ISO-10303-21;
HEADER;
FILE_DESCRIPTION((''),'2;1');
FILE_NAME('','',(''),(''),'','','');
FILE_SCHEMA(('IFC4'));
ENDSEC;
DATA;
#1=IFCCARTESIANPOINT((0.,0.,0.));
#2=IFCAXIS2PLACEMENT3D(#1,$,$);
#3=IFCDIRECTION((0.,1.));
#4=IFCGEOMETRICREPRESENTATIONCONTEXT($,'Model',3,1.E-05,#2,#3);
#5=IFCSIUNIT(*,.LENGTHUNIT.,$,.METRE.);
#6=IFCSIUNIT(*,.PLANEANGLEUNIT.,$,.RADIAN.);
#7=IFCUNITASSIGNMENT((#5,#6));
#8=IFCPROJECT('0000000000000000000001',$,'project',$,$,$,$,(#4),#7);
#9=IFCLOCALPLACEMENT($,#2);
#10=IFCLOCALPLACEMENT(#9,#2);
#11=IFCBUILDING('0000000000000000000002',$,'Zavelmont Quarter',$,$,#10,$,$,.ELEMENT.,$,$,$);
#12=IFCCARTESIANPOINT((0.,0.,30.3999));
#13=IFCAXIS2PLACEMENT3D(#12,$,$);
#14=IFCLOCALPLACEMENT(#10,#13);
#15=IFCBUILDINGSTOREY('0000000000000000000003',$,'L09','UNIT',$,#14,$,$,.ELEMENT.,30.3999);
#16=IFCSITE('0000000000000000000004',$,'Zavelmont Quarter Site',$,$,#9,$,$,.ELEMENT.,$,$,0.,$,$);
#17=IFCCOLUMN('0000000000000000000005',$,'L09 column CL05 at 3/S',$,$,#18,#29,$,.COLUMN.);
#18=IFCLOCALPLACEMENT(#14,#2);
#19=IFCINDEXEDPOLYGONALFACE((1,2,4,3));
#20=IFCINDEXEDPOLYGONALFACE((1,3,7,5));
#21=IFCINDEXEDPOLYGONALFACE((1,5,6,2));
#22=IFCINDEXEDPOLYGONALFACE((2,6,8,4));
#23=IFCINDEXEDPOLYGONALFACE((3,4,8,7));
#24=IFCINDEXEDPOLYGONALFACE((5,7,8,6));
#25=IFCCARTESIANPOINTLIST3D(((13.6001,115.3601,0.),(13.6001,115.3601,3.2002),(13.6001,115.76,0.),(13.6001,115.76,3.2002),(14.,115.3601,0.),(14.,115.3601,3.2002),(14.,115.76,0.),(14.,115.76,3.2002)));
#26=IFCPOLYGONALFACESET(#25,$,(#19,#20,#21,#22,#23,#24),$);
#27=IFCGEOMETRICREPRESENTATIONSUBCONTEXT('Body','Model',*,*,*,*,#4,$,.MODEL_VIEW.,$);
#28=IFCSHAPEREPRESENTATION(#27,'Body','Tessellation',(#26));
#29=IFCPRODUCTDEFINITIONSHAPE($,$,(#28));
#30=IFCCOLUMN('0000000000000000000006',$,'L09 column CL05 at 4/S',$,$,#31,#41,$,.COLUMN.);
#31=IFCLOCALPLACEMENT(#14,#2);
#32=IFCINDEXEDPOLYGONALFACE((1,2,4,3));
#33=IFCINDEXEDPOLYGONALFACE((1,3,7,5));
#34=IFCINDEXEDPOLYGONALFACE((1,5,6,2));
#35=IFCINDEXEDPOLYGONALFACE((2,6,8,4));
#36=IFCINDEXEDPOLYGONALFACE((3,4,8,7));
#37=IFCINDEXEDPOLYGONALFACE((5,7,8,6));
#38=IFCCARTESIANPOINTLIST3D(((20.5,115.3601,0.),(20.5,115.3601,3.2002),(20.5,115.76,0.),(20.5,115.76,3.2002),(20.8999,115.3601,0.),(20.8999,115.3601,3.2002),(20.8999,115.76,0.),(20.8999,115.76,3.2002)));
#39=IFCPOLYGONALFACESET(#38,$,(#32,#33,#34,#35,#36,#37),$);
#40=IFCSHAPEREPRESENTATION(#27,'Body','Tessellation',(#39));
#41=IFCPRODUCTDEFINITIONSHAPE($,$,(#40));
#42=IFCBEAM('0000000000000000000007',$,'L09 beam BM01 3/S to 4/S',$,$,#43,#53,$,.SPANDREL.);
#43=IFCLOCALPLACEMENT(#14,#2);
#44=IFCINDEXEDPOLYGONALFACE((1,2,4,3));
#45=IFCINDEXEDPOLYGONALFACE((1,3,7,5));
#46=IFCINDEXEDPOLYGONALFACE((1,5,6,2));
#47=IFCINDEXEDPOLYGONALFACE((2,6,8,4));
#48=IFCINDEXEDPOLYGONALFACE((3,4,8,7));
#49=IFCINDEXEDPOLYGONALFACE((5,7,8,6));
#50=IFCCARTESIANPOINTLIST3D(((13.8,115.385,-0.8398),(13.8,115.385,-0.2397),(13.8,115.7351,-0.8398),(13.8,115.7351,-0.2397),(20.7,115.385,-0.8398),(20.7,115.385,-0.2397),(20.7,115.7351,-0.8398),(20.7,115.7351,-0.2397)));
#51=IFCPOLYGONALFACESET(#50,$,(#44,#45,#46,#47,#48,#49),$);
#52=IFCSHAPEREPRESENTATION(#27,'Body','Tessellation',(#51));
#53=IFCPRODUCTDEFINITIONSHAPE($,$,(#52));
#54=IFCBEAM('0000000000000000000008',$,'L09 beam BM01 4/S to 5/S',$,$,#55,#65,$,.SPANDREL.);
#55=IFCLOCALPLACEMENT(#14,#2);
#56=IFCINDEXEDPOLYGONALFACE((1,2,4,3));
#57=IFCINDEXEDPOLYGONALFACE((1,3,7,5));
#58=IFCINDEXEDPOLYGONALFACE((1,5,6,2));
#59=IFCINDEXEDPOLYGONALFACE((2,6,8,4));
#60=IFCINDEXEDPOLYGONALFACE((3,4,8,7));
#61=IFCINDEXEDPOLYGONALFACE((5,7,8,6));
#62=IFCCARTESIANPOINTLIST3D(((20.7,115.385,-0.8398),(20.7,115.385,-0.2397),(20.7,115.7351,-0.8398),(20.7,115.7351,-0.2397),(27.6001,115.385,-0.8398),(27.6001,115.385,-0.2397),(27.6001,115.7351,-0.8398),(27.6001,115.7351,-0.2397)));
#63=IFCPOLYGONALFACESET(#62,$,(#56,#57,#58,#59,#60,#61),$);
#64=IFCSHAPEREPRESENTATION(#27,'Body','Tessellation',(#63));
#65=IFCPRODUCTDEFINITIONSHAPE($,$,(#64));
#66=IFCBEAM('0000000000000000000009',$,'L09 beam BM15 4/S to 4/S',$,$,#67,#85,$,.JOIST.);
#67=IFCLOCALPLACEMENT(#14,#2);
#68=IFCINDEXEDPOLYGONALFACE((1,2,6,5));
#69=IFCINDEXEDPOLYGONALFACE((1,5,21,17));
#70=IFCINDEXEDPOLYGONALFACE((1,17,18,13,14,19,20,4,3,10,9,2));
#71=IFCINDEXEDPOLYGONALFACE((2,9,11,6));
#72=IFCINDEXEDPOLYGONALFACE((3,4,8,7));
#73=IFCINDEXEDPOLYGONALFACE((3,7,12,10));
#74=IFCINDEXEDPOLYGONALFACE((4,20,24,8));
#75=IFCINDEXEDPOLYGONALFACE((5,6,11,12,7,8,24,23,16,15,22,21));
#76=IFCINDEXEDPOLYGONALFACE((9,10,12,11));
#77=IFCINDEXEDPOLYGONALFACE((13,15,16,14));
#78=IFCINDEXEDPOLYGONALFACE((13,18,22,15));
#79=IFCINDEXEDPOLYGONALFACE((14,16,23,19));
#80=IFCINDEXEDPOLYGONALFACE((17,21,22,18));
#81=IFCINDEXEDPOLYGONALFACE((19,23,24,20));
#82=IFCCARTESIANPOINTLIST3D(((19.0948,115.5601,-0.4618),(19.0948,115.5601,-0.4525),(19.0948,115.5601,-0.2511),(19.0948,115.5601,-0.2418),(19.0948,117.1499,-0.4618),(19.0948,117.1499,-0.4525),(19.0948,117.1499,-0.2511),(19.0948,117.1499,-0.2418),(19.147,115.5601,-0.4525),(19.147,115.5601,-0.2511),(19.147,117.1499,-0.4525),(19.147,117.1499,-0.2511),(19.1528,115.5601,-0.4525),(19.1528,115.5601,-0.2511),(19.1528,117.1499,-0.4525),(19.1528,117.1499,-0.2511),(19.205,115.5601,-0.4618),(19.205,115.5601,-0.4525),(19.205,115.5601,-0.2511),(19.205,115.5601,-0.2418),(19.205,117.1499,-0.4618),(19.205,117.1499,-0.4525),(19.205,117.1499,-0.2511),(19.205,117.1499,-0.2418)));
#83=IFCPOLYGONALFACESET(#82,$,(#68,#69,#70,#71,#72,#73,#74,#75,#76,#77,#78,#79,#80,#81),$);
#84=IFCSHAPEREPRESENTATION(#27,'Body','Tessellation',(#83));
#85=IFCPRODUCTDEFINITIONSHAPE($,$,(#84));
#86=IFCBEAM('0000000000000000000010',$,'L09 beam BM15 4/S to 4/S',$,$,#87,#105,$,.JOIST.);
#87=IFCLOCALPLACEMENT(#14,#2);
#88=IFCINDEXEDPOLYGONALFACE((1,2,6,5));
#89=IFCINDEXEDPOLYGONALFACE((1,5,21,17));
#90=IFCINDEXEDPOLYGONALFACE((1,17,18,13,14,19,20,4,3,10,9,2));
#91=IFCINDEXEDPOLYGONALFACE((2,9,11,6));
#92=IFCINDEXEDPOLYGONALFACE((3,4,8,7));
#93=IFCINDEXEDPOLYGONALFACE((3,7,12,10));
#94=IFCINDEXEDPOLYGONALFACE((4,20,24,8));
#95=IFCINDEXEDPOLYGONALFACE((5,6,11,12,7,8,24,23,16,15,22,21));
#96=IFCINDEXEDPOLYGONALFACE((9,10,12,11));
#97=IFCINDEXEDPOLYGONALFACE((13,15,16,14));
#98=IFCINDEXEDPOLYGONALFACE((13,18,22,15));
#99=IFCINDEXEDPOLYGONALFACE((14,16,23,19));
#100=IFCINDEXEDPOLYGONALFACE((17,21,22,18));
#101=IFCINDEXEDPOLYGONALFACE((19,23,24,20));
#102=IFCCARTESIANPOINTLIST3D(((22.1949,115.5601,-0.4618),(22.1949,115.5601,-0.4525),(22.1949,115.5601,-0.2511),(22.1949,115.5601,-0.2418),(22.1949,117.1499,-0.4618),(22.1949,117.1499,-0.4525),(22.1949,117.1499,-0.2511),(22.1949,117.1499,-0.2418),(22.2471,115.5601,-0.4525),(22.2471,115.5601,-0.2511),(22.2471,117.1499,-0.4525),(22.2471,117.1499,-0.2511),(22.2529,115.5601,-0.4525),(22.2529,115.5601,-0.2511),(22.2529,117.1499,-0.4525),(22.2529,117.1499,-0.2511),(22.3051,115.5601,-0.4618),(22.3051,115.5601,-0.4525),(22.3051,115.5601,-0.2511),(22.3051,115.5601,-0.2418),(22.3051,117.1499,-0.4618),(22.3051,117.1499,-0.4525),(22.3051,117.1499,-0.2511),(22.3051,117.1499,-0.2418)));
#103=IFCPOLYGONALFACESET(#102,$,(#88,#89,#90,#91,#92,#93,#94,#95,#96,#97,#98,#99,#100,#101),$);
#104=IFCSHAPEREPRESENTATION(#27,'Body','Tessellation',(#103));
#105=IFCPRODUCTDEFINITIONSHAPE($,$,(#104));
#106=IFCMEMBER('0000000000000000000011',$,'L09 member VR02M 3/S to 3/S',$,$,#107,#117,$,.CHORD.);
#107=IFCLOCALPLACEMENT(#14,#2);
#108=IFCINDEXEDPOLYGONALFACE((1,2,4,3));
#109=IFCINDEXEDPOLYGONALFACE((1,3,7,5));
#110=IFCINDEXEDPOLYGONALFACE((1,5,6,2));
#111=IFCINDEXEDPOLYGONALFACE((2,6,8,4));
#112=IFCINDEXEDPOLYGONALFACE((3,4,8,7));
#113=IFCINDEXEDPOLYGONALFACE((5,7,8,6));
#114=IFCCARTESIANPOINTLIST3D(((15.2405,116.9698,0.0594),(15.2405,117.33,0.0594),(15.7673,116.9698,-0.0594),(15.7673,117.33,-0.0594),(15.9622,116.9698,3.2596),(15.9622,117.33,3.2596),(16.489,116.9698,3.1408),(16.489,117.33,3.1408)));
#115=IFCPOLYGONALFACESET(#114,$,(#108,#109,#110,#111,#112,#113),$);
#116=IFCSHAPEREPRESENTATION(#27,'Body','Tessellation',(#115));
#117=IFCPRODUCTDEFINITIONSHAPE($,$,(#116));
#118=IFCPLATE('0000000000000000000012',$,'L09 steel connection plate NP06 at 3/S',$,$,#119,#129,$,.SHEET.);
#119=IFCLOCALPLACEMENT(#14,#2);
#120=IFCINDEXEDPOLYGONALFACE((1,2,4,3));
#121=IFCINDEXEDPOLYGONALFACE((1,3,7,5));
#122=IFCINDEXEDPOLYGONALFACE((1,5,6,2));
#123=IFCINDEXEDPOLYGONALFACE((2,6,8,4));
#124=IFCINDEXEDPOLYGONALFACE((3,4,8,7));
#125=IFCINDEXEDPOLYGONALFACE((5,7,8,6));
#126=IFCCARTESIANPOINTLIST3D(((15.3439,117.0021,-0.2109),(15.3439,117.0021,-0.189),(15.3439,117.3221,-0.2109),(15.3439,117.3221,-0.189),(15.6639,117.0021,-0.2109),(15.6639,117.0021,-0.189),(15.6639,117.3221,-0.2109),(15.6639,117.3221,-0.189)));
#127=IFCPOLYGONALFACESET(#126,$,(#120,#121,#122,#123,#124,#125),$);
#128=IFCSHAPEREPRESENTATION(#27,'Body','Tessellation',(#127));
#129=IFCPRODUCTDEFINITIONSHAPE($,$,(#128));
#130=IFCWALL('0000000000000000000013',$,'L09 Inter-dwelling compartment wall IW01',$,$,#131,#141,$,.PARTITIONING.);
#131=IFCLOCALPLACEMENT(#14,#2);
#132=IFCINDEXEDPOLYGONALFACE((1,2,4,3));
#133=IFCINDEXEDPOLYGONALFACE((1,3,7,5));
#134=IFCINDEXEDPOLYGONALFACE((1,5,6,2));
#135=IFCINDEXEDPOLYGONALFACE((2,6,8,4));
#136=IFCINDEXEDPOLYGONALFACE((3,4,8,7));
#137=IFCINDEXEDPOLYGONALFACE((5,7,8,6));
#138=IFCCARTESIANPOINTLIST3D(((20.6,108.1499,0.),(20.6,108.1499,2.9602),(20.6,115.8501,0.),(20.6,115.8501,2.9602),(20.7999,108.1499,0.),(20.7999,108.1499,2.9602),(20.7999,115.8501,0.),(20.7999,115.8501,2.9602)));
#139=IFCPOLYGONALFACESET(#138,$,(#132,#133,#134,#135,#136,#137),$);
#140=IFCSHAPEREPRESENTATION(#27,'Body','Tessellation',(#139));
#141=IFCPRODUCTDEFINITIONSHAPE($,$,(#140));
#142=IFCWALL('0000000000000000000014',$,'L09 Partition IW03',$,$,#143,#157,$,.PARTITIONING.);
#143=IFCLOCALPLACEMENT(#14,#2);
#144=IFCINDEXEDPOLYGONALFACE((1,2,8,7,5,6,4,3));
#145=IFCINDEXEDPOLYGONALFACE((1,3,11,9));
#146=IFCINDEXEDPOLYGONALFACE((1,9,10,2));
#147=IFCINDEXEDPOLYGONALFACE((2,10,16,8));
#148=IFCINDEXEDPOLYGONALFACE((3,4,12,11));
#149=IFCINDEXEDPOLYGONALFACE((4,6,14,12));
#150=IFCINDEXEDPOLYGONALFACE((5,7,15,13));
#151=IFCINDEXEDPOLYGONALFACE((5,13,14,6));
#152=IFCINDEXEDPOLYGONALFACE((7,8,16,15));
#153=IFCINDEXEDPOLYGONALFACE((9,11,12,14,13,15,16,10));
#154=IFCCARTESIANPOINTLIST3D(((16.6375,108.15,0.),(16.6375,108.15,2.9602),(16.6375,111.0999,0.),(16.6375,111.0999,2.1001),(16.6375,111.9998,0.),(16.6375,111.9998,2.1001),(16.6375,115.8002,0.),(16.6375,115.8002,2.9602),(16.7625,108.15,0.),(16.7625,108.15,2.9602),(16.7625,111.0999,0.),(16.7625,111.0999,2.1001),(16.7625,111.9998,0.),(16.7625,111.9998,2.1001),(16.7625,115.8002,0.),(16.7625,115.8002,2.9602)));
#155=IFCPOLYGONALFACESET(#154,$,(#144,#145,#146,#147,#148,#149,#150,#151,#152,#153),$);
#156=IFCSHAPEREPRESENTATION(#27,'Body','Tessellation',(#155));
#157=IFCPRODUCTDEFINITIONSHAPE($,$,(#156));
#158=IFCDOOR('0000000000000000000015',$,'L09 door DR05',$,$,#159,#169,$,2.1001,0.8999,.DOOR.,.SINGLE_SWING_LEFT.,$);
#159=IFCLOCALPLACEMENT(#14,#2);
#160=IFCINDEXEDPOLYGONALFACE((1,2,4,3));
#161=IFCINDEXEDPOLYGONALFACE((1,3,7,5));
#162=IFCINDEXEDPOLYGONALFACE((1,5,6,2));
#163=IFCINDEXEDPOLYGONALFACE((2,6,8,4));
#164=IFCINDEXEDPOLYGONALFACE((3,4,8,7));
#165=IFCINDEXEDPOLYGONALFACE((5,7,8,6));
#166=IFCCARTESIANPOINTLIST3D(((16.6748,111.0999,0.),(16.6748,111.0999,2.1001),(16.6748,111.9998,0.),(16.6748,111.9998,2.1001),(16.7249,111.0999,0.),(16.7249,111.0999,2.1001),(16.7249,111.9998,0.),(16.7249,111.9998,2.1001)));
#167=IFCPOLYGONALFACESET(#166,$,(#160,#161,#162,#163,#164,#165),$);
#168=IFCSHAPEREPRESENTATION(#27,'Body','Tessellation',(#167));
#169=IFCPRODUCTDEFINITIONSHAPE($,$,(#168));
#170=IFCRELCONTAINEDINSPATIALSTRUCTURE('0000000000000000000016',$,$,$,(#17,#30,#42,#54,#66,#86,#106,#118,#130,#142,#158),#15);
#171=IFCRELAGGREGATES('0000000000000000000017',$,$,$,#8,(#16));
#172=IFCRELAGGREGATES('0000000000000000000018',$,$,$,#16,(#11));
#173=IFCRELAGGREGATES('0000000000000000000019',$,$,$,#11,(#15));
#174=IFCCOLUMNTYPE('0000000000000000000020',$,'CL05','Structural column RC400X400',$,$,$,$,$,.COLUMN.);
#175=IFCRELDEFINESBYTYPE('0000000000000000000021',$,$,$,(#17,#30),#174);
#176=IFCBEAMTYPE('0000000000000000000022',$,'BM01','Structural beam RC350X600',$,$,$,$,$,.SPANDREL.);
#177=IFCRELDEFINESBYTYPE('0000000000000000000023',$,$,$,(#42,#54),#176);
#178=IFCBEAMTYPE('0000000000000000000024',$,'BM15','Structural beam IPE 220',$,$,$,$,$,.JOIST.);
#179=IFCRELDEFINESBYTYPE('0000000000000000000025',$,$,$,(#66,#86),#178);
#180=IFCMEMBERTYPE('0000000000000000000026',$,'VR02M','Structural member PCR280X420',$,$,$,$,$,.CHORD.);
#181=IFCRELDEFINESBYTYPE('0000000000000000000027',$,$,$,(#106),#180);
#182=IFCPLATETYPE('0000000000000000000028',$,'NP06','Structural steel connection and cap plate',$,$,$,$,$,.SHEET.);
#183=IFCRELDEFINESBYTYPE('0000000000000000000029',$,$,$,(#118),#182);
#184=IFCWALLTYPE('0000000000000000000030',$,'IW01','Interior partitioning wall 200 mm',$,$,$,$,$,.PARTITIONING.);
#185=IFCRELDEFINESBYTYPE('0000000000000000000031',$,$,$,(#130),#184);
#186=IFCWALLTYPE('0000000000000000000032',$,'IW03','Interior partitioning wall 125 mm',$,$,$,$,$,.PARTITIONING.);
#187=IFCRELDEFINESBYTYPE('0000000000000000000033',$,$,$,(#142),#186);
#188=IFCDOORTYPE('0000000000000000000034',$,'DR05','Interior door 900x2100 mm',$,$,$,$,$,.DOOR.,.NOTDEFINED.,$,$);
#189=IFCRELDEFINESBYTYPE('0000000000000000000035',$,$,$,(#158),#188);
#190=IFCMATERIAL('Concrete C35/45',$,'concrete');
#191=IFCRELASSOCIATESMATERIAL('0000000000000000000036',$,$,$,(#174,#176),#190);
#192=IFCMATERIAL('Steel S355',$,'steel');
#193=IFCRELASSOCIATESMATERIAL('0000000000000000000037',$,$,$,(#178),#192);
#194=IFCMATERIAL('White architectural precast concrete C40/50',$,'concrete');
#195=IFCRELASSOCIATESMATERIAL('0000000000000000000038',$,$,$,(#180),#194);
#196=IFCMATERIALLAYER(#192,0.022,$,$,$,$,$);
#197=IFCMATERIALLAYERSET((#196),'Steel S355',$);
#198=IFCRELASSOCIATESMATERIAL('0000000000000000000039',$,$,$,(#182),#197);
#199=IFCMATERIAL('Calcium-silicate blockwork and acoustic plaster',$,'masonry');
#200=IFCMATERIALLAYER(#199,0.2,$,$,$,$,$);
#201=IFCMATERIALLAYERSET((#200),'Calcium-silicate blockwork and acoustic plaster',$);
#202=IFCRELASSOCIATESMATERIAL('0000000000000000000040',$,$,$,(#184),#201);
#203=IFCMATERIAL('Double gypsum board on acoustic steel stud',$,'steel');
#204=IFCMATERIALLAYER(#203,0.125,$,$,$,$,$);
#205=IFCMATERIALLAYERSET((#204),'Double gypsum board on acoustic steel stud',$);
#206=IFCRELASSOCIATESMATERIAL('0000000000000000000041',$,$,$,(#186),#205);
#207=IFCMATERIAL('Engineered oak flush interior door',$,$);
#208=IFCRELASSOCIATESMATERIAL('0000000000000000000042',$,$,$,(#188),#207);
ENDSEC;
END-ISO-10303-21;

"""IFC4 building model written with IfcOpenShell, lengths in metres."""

from ifc_helpers import new_model, si_unit, direction, frame, frame_2d, origin, origin_2d, place, context, subcontext, project, spatial, rectangle, i_section, extrude, material, layer, layer_set, material_profile, profile_set, type_object, element, fill, save


model = new_model("IFC4")

# Units and contexts
model_context = context("Model", 3, precision=1e-05, world=origin(), true_north=direction((0.0, 1.0)))
body_context = subcontext(model_context, "Body", "Model", "MODEL_VIEW")
ifc_project = project(units=[si_unit("LENGTHUNIT", "METRE"), si_unit("PLANEANGLEUNIT", "RADIAN")], contexts=[model_context])

# Site, building, storey
site_placement = place(None, origin())
site = spatial("IfcSite", under=ifc_project, at=site_placement, Name="Zavelmont Quarter Site", CompositionType="ELEMENT", RefElevation=0.0)
building_placement = place(site_placement, origin())
building = spatial("IfcBuilding", under=site, at=building_placement, Name="Zavelmont Quarter", CompositionType="ELEMENT")
storey_placement = place(building_placement, frame((0.0, 0.0, 30.3999)))
storey = spatial("IfcBuildingStorey", under=building, at=storey_placement, Name="L09", Description="UNIT", CompositionType="ELEMENT", Elevation=30.3999)

# Columns
ifc_material_1 = material(Name="Concrete C35/45", Category="concrete")
ifc_material_profile_1 = material_profile(ifc_material_1, rectangle(XDim=0.3999, YDim=0.3999, at=origin_2d()), Name="RC400X400")
ifc_profile_set_1 = profile_set([ifc_material_profile_1], Name="Concrete C35/45")
column_type = type_object("IfcColumnType", Name="CL05", Description="Structural column RC400X400", PredefinedType="COLUMN", material=ifc_profile_set_1)
for number, where, z_axis, x_axis, name in (
    (1, (13.8, 115.5601, 0.0), (0.0, 0.0, 1.0), (1.0, 0.0, 0.0), "L09 column CL05 at 3/S"),
    (2, (20.7, 115.5601, 0.0), (0.0, 0.0, 1.0), (1.0, 0.0, 0.0), "L09 column CL05 at 4/S"),
):
    element("IfcColumn", number, at=place(storey_placement, frame(where, z_axis=z_axis, x_axis=x_axis)), inside=storey, type_object=column_type, Name=name, PredefinedType="COLUMN", context=body_context, shape_type="SweptSolid", body=[
        extrude(rectangle(XDim=0.3999, YDim=0.3999, at=origin_2d()), origin(), (0.0, 0.0, 1.0), 3.2002),
    ])

# Beams
ifc_material_profile_2 = material_profile(ifc_material_1, rectangle(XDim=0.3501, YDim=0.6001, at=origin_2d()), Name="RC350X600")
ifc_profile_set_2 = profile_set([ifc_material_profile_2], Name="Concrete C35/45")
beam_type_1 = type_object("IfcBeamType", Name="BM01", Description="Structural beam RC350X600", PredefinedType="SPANDREL", material=ifc_profile_set_2)
beam_1_placement = place(storey_placement, frame((13.8, 115.5601, -0.5398), z_axis=(1.0, 0.0, 0.0), x_axis=(0.0, 1.0, 0.0)))
element("IfcBeam", 3, at=beam_1_placement, inside=storey, type_object=beam_type_1, Name="L09 beam BM01 3/S to 4/S", PredefinedType="SPANDREL", context=body_context, shape_type="SweptSolid", body=[
    extrude(rectangle(XDim=0.3501, YDim=0.6001, at=origin_2d()), origin(), (0.0, 0.0, 1.0), 6.8999),
])
beam_2_placement = place(storey_placement, frame((20.7, 115.5601, -0.5398), z_axis=(1.0, 0.0, 0.0), x_axis=(0.0, 1.0, 0.0)))
element("IfcBeam", 4, at=beam_2_placement, inside=storey, type_object=beam_type_1, Name="L09 beam BM01 4/S to 5/S", PredefinedType="SPANDREL", context=body_context, shape_type="SweptSolid", body=[
    extrude(rectangle(XDim=0.3501, YDim=0.6001, at=origin_2d()), origin(), (0.0, 0.0, 1.0), 6.9001),
])
ifc_material_2 = material(Name="Steel S355", Category="steel")
ifc_material_profile_3 = material_profile(ifc_material_2, i_section(OverallWidth=0.1101, OverallDepth=0.22, WebThickness=0.0059, FlangeThickness=0.0093, at=origin_2d()), Name="IPE 220")
ifc_profile_set_3 = profile_set([ifc_material_profile_3], Name="Steel S355")
beam_type_2 = type_object("IfcBeamType", Name="BM15", Description="Structural beam IPE 220", PredefinedType="JOIST", material=ifc_profile_set_3)
for number, where, z_axis, x_axis, name in (
    (5, (19.1499, 115.5601, -0.3518), (0.0, 1.0, 0.0), (-1.0, 0.0, 0.0), "L09 beam BM15 4/S to 4/S"),
    (6, (22.25, 115.5601, -0.3518), (0.0, 1.0, 0.0), (-1.0, 0.0, 0.0), "L09 beam BM15 4/S to 4/S"),
):
    element("IfcBeam", number, at=place(storey_placement, frame(where, z_axis=z_axis, x_axis=x_axis)), inside=storey, type_object=beam_type_2, Name=name, PredefinedType="JOIST", context=body_context, shape_type="SweptSolid", body=[
        extrude(i_section(OverallWidth=0.1101, OverallDepth=0.22, WebThickness=0.0059, FlangeThickness=0.0093, at=origin_2d()), origin(), (0.0, 0.0, 1.0), 1.5898),
    ])

# Member
ifc_material_3 = material(Name="White architectural precast concrete C40/50", Category="concrete")
ifc_material_profile_4 = material_profile(ifc_material_3, rectangle(XDim=0.3601, YDim=0.54, at=origin_2d()), Name="PCR280X420")
ifc_profile_set_4 = profile_set([ifc_material_profile_4], Name="White architectural precast concrete C40/50")
member_type = type_object("IfcMemberType", Name="VR02M", Description="Structural member PCR280X420", PredefinedType="CHORD", material=ifc_profile_set_4)
member_placement = place(storey_placement, frame((15.5039, 117.1499, 0.0), z_axis=(0.219987, 0.0, 0.975503), x_axis=(0.0, 1.0, 0.0)))
element("IfcMember", 7, at=member_placement, inside=storey, type_object=member_type, Name="L09 member VR02M 3/S to 3/S", PredefinedType="CHORD", context=body_context, shape_type="SweptSolid", body=[
    extrude(rectangle(XDim=0.3601, YDim=0.54, at=origin_2d()), origin(), (0.0, 0.0, 1.0), 3.2805),
])

# Plate
ifc_layer_1 = layer(ifc_material_2, 0.022)
ifc_layer_set_1 = layer_set([ifc_layer_1], Name="Steel S355")
plate_type = type_object("IfcPlateType", Name="NP06", Description="Structural steel connection and cap plate", PredefinedType="SHEET", material=ifc_layer_set_1)
plate_placement = place(storey_placement, frame((15.5039, 117.1621, -0.2109), z_axis=(0.0, 0.0, 1.0), x_axis=(1.0, 0.0, 0.0)))
element("IfcPlate", 8, at=plate_placement, inside=storey, type_object=plate_type, Name="L09 steel connection plate NP06 at 3/S", PredefinedType="SHEET", context=body_context, shape_type="SweptSolid", body=[
    extrude(rectangle(XDim=0.3201, YDim=0.3201, at=origin_2d()), origin(), (0.0, 0.0, 1.0), 0.022),
])

# Wall
ifc_material_4 = material(Name="Calcium-silicate blockwork and acoustic plaster", Category="masonry")
ifc_layer_2 = layer(ifc_material_4, 0.2)
ifc_layer_set_2 = layer_set([ifc_layer_2], Name="Calcium-silicate blockwork and acoustic plaster")
wall_type_1 = type_object("IfcWallType", Name="IW01", Description="Interior partitioning wall 200 mm", PredefinedType="PARTITIONING", material=ifc_layer_set_2)
wall_1_placement = place(storey_placement, frame((20.7, 108.1499, 0.0), z_axis=(0.0, 0.0, 1.0), x_axis=(0.0, 1.0, 0.0)))
element("IfcWall", 9, at=wall_1_placement, inside=storey, type_object=wall_type_1, Name="L09 Inter-dwelling compartment wall IW01", PredefinedType="PARTITIONING", context=body_context, shape_type="SweptSolid", body=[
    extrude(rectangle(XDim=7.7002, YDim=0.2, at=frame_2d((3.8501, 0.0))), origin(), (0.0, 0.0, 1.0), 2.9602),
])

# Wall, opening, door
ifc_material_5 = material(Name="Double gypsum board on acoustic steel stud", Category="steel")
ifc_layer_3 = layer(ifc_material_5, 0.125)
ifc_layer_set_3 = layer_set([ifc_layer_3], Name="Double gypsum board on acoustic steel stud")
wall_type_2 = type_object("IfcWallType", Name="IW03", Description="Interior partitioning wall 125 mm", PredefinedType="PARTITIONING", material=ifc_layer_set_3)
wall_2_placement = place(storey_placement, frame((16.7, 108.1499, 0.0), z_axis=(0.0, 0.0, 1.0), x_axis=(0.0, 1.0, 0.0)))
wall_2 = element("IfcWall", 10, at=wall_2_placement, inside=storey, type_object=wall_type_2, Name="L09 Partition IW03", PredefinedType="PARTITIONING", context=body_context, shape_type="SweptSolid", body=[
    extrude(rectangle(XDim=7.6501, YDim=0.125, at=frame_2d((3.8252, 0.0))), origin(), (0.0, 0.0, 1.0), 2.9602),
])
opening_1_placement = place(wall_2_placement, frame((2.95, 0.0, 0.0)))
opening_1 = element("IfcOpeningElement", 11, at=opening_1_placement, cuts=wall_2, PredefinedType="OPENING", context=body_context, shape_type="SweptSolid", body=[
    extrude(rectangle(XDim=0.8999, YDim=2.1001, at=frame_2d((0.45, 1.05))), frame((0.0, 0.0745, 0.0), z_axis=(0.0, -1.0, 0.0), x_axis=(1.0, 0.0, 0.0)), (0.0, 0.0, 1.0), 0.1489),
])
ifc_material_6 = material(Name="Engineered oak flush interior door")
door_type_1 = type_object("IfcDoorType", Name="DR05", Description="Interior door 900x2100 mm", OperationType="NOTDEFINED", PredefinedType="DOOR", material=ifc_material_6)
door_1_placement = place(opening_1_placement, frame((0.8999, 0.0, 0.0), z_axis=(0.0, 0.0, 1.0), x_axis=(-1.0, 0.0, 0.0)))
door_1 = element("IfcDoor", 12, at=door_1_placement, inside=storey, type_object=door_type_1, Name="L09 door DR05", OperationType="SINGLE_SWING_LEFT", OverallHeight=2.1001, OverallWidth=0.8999, PredefinedType="DOOR", context=body_context, shape_type="SweptSolid", body=[
    extrude(rectangle(XDim=0.8999, YDim=2.1001, at=frame_2d((0.45, 1.05))), frame((0.0, 0.0249, 0.0), z_axis=(0.0, -1.0, 0.0), x_axis=(1.0, 0.0, 0.0)), (0.0, 0.0, 1.0), 0.05),
])
fill(opening_1, door_1)

save(model, "model.ifc")
